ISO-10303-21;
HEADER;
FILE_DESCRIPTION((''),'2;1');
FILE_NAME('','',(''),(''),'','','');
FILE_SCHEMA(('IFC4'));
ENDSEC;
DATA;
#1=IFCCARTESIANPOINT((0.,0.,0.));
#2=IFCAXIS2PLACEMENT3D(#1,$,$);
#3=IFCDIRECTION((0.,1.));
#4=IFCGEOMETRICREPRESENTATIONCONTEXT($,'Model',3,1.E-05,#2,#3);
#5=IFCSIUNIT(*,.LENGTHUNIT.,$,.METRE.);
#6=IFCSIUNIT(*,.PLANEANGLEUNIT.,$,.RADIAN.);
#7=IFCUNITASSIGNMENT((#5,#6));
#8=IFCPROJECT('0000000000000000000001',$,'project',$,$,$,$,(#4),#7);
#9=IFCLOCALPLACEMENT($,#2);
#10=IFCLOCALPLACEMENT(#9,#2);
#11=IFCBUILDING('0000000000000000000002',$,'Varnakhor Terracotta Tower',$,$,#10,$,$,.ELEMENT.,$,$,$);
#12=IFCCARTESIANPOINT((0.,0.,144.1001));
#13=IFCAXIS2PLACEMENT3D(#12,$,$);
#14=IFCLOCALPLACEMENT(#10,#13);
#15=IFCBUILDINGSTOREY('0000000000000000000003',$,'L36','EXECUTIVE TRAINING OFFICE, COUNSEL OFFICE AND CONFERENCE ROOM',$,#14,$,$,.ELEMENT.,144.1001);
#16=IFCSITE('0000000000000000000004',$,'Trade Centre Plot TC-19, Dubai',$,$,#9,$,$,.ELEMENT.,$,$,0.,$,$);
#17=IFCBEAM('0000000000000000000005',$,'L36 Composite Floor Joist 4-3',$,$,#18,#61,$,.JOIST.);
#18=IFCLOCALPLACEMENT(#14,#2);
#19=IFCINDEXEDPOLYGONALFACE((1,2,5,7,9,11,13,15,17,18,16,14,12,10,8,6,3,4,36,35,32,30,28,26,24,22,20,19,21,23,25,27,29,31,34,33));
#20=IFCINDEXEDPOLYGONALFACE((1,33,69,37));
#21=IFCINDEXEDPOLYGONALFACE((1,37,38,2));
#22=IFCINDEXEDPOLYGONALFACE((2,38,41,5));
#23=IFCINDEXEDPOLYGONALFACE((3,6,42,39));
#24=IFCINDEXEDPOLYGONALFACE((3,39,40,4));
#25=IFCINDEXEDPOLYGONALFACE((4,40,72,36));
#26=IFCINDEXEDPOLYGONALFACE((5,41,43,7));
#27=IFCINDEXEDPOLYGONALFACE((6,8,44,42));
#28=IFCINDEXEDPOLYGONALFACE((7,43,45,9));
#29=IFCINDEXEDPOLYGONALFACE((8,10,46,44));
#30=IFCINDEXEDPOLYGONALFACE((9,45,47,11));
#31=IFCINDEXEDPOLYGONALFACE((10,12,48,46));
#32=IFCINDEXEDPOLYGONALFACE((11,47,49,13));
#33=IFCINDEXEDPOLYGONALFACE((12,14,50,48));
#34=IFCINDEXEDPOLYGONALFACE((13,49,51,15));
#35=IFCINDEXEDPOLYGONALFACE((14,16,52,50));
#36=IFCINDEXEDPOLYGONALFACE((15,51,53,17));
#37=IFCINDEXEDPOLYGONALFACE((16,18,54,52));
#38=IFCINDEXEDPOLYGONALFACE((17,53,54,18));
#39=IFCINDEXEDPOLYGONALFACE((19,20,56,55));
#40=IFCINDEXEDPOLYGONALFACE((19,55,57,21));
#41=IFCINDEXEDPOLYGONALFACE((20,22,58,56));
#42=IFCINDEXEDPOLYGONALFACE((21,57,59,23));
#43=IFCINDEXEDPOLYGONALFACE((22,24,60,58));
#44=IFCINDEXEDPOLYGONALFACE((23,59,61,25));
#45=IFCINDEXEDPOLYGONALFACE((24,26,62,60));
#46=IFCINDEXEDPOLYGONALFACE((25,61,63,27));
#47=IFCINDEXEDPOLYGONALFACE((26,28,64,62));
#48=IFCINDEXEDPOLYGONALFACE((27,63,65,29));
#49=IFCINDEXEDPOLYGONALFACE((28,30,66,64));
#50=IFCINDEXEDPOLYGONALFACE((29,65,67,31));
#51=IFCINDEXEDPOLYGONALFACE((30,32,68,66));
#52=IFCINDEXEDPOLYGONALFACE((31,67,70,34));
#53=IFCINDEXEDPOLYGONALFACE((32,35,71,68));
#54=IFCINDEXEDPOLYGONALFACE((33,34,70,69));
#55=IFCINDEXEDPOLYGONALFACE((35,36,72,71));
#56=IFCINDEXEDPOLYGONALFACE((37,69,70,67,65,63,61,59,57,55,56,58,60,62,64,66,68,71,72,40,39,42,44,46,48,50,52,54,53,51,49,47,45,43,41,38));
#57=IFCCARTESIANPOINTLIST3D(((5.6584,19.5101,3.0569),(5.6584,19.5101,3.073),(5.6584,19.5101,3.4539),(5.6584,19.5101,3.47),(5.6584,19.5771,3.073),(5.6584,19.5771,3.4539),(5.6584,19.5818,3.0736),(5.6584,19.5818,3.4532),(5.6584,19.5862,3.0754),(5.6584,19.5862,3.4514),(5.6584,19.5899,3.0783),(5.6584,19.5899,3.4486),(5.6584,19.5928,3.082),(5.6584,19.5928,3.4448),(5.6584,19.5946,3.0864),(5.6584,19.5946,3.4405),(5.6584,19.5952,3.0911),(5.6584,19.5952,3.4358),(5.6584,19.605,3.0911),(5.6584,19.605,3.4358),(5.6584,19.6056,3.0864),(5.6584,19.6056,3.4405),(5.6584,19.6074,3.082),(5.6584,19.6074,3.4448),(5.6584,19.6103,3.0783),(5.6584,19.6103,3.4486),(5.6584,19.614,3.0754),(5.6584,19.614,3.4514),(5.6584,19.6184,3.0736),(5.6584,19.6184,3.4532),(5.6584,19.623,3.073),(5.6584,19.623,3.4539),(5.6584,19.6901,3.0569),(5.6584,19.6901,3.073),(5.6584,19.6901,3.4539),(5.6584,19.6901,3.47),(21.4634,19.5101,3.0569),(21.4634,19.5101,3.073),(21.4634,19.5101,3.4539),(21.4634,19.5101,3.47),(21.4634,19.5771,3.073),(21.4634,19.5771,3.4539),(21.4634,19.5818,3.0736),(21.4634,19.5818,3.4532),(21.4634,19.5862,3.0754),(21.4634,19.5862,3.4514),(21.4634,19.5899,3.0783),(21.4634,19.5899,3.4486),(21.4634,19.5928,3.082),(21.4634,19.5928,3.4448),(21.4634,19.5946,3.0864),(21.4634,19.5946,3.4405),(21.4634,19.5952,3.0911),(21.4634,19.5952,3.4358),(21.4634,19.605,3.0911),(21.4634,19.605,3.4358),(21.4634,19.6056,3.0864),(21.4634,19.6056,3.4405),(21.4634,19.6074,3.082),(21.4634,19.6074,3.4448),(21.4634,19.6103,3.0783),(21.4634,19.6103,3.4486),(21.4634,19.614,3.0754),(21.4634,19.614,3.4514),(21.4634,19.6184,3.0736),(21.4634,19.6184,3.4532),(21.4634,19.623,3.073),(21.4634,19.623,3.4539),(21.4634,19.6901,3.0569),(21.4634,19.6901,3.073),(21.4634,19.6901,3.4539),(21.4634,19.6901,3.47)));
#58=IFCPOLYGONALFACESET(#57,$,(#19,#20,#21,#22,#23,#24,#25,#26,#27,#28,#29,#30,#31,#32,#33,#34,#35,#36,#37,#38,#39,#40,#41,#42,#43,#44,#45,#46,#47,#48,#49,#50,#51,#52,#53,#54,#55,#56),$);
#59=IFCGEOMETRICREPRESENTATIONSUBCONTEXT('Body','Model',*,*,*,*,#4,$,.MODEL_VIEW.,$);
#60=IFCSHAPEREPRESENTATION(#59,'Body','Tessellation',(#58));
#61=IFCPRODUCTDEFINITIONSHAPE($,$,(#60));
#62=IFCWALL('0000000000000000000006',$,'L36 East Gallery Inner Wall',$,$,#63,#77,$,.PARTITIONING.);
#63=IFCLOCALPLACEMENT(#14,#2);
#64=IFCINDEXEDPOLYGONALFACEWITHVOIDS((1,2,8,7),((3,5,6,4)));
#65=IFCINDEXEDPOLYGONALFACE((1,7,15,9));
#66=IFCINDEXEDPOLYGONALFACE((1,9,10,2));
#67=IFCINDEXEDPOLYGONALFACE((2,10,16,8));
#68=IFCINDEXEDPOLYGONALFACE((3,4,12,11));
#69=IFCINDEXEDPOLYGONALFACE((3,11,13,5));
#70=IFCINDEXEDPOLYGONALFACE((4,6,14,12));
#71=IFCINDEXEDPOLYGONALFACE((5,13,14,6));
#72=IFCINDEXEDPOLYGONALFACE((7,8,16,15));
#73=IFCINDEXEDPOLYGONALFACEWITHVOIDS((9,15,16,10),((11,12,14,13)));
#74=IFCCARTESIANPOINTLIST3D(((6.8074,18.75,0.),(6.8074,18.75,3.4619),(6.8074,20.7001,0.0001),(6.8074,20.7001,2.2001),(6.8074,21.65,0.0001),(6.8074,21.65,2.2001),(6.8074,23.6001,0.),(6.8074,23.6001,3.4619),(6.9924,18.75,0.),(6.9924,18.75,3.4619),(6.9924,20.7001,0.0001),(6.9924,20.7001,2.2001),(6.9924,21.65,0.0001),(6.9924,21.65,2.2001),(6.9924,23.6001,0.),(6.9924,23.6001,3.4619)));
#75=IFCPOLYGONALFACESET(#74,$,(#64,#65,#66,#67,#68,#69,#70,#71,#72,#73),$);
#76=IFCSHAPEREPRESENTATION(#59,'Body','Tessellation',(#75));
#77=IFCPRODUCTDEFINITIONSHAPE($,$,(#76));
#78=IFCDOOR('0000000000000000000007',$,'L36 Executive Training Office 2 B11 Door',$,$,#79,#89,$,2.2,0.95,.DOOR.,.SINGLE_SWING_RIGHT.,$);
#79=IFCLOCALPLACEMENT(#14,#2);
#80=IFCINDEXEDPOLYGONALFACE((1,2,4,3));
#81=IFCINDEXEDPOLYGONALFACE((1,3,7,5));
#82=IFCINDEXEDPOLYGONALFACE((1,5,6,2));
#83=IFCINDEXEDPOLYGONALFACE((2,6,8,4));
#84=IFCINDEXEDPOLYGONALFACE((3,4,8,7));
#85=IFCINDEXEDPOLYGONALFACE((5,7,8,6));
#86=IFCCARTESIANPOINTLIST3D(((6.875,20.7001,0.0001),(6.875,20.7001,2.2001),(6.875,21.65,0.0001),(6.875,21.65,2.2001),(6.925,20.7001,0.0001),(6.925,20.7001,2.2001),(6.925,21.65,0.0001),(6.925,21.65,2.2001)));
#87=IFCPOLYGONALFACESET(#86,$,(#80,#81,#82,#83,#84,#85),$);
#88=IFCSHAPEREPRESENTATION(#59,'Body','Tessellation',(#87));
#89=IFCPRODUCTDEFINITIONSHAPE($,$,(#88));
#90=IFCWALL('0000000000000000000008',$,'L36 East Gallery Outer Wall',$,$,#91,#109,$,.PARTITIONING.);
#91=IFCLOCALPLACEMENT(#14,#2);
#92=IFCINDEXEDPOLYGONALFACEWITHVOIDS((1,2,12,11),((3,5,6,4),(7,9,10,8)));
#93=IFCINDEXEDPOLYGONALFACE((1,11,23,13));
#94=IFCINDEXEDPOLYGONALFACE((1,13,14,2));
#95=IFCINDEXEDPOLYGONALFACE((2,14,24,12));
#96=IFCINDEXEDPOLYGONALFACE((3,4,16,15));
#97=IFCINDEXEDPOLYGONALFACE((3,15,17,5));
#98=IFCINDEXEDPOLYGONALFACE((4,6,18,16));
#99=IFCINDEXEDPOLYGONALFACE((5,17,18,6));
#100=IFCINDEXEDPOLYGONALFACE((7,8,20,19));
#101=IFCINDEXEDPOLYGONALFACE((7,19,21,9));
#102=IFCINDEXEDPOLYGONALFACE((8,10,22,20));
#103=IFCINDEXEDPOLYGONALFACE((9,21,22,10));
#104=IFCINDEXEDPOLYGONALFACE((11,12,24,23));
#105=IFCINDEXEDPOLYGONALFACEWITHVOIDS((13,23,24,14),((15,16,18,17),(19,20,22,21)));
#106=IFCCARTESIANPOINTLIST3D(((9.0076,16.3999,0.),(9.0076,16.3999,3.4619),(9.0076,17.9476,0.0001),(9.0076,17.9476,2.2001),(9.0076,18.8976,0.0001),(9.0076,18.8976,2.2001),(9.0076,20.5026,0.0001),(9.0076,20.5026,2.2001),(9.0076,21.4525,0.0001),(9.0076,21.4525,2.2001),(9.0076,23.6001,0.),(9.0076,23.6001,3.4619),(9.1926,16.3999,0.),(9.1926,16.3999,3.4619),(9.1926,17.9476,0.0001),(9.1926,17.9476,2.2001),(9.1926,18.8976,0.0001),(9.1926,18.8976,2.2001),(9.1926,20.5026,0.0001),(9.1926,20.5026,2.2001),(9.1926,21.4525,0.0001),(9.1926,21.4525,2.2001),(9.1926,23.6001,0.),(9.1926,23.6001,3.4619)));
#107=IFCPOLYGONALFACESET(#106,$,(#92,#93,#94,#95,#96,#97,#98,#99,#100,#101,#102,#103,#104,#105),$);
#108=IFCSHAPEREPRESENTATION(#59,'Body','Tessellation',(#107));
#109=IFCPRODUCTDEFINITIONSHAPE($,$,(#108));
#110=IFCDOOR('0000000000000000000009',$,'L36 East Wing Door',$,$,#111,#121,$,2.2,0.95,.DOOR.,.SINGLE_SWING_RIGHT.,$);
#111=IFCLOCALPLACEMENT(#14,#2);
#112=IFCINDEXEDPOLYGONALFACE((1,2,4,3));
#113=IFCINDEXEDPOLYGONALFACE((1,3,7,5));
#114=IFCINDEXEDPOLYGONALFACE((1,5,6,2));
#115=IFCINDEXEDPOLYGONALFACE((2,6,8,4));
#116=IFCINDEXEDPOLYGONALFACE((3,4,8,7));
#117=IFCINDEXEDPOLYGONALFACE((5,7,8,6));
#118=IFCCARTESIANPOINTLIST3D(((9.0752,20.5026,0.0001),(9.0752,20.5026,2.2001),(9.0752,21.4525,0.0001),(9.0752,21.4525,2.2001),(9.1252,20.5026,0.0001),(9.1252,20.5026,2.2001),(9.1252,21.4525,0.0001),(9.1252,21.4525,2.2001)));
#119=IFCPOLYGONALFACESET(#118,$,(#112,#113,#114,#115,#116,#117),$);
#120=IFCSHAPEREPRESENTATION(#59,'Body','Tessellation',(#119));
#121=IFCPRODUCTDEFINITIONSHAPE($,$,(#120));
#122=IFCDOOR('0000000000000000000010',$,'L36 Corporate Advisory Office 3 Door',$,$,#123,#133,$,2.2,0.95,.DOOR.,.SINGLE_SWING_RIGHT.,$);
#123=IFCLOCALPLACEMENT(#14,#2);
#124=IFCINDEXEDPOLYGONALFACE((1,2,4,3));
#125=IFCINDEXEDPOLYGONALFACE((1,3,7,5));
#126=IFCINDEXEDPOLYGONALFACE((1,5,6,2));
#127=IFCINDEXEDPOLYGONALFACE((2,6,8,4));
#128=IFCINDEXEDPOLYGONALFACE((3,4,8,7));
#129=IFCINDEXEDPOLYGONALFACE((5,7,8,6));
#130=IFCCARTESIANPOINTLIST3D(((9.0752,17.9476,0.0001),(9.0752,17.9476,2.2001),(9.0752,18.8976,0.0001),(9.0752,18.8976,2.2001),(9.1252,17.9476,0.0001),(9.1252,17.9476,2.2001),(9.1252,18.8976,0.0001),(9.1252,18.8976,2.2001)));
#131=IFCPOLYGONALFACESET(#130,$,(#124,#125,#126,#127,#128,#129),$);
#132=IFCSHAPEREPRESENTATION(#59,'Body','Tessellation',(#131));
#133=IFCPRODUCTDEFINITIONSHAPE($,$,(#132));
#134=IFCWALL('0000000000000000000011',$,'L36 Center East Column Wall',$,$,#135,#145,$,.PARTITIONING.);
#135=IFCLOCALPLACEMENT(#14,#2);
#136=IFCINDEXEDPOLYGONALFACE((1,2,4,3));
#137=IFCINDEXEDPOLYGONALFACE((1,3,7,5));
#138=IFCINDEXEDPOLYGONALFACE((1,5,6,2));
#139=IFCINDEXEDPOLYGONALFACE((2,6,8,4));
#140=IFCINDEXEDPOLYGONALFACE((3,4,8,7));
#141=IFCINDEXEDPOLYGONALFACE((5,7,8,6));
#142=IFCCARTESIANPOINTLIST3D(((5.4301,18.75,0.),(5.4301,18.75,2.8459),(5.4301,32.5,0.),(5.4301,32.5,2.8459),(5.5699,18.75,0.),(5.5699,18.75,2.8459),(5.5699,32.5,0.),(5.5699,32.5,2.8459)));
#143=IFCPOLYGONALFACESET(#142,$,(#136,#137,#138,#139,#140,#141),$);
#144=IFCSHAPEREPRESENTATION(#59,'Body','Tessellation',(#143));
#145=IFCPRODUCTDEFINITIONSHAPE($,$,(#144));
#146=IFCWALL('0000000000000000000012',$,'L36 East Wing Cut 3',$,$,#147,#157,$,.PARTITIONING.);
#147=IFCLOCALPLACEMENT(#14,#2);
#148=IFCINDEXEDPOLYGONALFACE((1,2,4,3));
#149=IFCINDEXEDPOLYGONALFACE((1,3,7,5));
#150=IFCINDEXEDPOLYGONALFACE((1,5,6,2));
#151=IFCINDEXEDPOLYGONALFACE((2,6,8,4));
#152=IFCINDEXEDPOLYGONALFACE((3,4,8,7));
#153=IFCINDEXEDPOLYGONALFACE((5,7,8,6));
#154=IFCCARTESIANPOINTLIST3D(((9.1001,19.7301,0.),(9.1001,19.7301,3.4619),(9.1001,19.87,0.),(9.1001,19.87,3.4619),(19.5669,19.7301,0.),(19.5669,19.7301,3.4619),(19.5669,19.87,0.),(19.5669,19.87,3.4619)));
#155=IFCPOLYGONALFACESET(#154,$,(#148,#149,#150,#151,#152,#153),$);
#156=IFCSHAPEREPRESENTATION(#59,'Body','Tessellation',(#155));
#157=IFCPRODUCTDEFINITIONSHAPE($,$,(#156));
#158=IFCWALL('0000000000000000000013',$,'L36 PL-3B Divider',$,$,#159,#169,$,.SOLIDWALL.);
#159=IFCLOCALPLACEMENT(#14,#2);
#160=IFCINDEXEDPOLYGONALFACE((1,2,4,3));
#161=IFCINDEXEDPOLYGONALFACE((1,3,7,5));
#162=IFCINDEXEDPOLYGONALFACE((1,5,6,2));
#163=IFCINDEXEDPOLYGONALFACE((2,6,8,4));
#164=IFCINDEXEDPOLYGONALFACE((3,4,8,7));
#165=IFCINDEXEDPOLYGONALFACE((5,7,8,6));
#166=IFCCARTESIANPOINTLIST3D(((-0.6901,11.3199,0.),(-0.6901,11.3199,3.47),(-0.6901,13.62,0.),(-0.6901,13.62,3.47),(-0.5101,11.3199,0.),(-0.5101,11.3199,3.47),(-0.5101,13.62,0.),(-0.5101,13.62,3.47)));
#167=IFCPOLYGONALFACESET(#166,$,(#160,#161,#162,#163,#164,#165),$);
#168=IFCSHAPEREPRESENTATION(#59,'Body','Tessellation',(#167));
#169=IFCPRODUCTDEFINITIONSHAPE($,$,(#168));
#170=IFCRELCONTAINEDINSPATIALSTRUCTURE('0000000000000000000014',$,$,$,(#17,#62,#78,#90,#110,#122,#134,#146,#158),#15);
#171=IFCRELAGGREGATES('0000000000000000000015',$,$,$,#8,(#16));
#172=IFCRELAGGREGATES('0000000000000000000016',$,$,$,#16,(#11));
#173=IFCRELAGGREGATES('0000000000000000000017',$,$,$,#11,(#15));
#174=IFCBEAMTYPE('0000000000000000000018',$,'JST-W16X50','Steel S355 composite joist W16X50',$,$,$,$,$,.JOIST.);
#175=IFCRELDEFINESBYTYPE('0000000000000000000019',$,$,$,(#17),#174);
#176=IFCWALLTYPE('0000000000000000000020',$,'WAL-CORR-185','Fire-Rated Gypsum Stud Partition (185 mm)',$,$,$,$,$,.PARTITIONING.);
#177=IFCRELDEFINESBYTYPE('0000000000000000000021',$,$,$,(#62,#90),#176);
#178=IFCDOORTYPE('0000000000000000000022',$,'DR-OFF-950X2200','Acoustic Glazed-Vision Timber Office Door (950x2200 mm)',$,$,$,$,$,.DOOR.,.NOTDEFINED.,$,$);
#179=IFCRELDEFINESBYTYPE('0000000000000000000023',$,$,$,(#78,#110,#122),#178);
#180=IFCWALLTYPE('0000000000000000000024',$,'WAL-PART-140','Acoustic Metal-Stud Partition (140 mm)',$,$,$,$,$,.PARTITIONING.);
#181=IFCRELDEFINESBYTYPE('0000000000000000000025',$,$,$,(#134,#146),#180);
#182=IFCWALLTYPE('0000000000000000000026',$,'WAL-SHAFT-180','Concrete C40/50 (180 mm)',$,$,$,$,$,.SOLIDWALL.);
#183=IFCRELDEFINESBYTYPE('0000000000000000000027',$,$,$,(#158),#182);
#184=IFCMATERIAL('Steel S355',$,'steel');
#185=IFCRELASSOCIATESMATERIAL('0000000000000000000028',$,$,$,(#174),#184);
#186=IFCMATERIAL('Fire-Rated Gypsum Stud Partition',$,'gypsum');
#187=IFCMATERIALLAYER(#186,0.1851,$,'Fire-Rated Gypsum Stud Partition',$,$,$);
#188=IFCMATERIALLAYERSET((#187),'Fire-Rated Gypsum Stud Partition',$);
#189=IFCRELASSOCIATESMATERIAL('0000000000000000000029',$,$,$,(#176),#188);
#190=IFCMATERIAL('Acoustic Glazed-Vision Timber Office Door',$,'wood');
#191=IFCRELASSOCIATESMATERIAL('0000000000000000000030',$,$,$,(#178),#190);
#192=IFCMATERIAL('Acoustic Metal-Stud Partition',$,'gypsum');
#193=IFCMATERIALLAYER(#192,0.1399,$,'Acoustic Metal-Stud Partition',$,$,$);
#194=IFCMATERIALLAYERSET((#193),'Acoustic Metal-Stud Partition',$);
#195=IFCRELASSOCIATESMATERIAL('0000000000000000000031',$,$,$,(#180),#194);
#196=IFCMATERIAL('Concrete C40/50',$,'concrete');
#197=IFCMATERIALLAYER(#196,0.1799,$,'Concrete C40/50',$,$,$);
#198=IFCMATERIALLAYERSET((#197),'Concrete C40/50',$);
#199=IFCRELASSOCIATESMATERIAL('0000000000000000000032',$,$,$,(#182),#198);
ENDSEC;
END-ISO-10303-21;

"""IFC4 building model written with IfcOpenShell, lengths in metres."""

from ifc_helpers import new_model, si_unit, direction, frame, frame_2d, origin, origin_2d, place, context, subcontext, project, spatial, rectangle, i_section, extrude, source, transform, mapped, material, layer, layer_set, material_profile, profile_set, type_object, type_shapes, element, fill, save


model = new_model("IFC4")

# Units and contexts
model_context = context("Model", 3, precision=1e-05, world=origin(), true_north=direction((0.0, 1.0)))
body_context = subcontext(model_context, "Body", "Model", "MODEL_VIEW")
ifc_project = project(units=[si_unit("LENGTHUNIT", "METRE"), si_unit("PLANEANGLEUNIT", "RADIAN")], contexts=[model_context])

# Site, building, storey
site_placement = place(None, origin())
site = spatial("IfcSite", under=ifc_project, at=site_placement, Name="Trade Centre Plot TC-19, Dubai", CompositionType="ELEMENT", RefElevation=0.0)
building_placement = place(site_placement, origin())
building = spatial("IfcBuilding", under=site, at=building_placement, Name="Varnakhor Terracotta Tower", CompositionType="ELEMENT")
storey_placement = place(building_placement, frame((0.0, 0.0, 144.1001)))
storey = spatial("IfcBuildingStorey", under=building, at=storey_placement, Name="L36", Description="EXECUTIVE TRAINING OFFICE, COUNSEL OFFICE AND CONFERENCE ROOM", CompositionType="ELEMENT", Elevation=144.1001)

# Beam
ifc_material_1 = material(Name="Steel S355", Category="steel")
ifc_material_profile_1 = material_profile(ifc_material_1, i_section(OverallWidth=0.1799, OverallDepth=0.4131, WebThickness=0.0098, FlangeThickness=0.0161, FilletRadius=0.0181, at=origin_2d()), Name="W16X50")
ifc_profile_set_1 = profile_set([ifc_material_profile_1], Name="Steel S355")
beam_type_1 = type_object("IfcBeamType", Name="JST-W16X50", Description="Steel S355 composite joist W16X50", PredefinedType="JOIST", material=ifc_profile_set_1)
shared_shape_1 = source(origin(), body_context, "Body", "SweptSolid", [
    extrude(i_section(OverallWidth=0.1799, OverallDepth=0.4131, WebThickness=0.0098, FlangeThickness=0.0161, FilletRadius=0.0181, at=origin_2d()), origin(), (0.0, 0.0, 1.0), 15.8049),
])
beam_1_placement = place(storey_placement, frame((5.6584, 19.6001, 3.2634), z_axis=(1.0, 0.0, 0.0), x_axis=(0.0, 1.0, 0.0)))
element("IfcBeam", 1, at=beam_1_placement, inside=storey, type_object=beam_type_1, Name="L36 Composite Floor Joist 4-3", PredefinedType="JOIST", context=body_context, shape_type="MappedRepresentation", body=[
    mapped(shared_shape_1, transform((0.0, 0.0, 0.0), scale=1.0)),
])

# Wall, opening, door
ifc_material_2 = material(Name="Fire-Rated Gypsum Stud Partition", Category="gypsum")
ifc_layer_1 = layer(ifc_material_2, 0.1851, Name="Fire-Rated Gypsum Stud Partition")
ifc_layer_set_1 = layer_set([ifc_layer_1], Name="Fire-Rated Gypsum Stud Partition")
wall_type_1 = type_object("IfcWallType", Name="WAL-CORR-185", Description="Fire-Rated Gypsum Stud Partition (185 mm)", PredefinedType="PARTITIONING", material=ifc_layer_set_1)
wall_1_placement = place(storey_placement, frame((6.8999, 18.75, 0.0), z_axis=(0.0, 0.0, 1.0), x_axis=(0.0, 1.0, 0.0)))
wall_1 = element("IfcWall", 2, at=wall_1_placement, inside=storey, type_object=wall_type_1, Name="L36 East Gallery Inner Wall", PredefinedType="PARTITIONING", context=body_context, shape_type="SweptSolid", body=[
    extrude(rectangle(XDim=4.8501, YDim=0.1851, at=frame_2d((2.425, 0.0))), origin(), (0.0, 0.0, 1.0), 3.4619),
])
opening_1_placement = place(wall_1_placement, frame((1.95, 0.0, 0.0)))
opening_1 = element("IfcOpeningElement", 3, at=opening_1_placement, cuts=wall_1, PredefinedType="OPENING", context=body_context, shape_type="SweptSolid", body=[
    extrude(rectangle(XDim=0.95, YDim=2.2, at=frame_2d((0.4751, 1.1001))), frame((0.0, 0.1025, 0.0), z_axis=(0.0, -1.0, 0.0), x_axis=(1.0, 0.0, 0.0)), (0.0, 0.0, 1.0), 0.2051),
])
ifc_material_3 = material(Name="Acoustic Glazed-Vision Timber Office Door", Category="wood")
door_type_1 = type_object("IfcDoorType", Name="DR-OFF-950X2200", Description="Acoustic Glazed-Vision Timber Office Door (950x2200 mm)", OperationType="NOTDEFINED", PredefinedType="DOOR", material=ifc_material_3)
shared_shape_2 = source(origin(), body_context, "Body", "SweptSolid", [
    extrude(rectangle(XDim=0.95, YDim=2.2, at=frame_2d((0.4751, 1.1001))), frame((0.0, 0.0249, 0.0), z_axis=(0.0, -1.0, 0.0), x_axis=(1.0, 0.0, 0.0)), (0.0, 0.0, 1.0), 0.05),
])
type_shapes(door_type_1, [shared_shape_2])
door_1_placement = place(opening_1_placement, origin())
door_1 = element("IfcDoor", 4, at=door_1_placement, inside=storey, type_object=door_type_1, Name="L36 Executive Training Office 2 B11 Door", OperationType="SINGLE_SWING_RIGHT", OverallHeight=2.2, OverallWidth=0.95, PredefinedType="DOOR", context=body_context, shape_type="MappedRepresentation", body=[
    mapped(shared_shape_2, transform((0.0, 0.0, 0.0), scale=1.0)),
])
fill(opening_1, door_1)

# Wall, openings, doors
wall_2_placement = place(storey_placement, frame((9.1001, 16.3999, 0.0), z_axis=(0.0, 0.0, 1.0), x_axis=(0.0, 1.0, 0.0)))
wall_2 = element("IfcWall", 5, at=wall_2_placement, inside=storey, type_object=wall_type_1, Name="L36 East Gallery Outer Wall", PredefinedType="PARTITIONING", context=body_context, shape_type="SweptSolid", body=[
    extrude(rectangle(XDim=7.2002, YDim=0.1851, at=frame_2d((3.6001, 0.0))), origin(), (0.0, 0.0, 1.0), 3.4619),
])
opening_2_placement = place(wall_2_placement, frame((4.1025, 0.0, 0.0)))
opening_2 = element("IfcOpeningElement", 6, at=opening_2_placement, cuts=wall_2, PredefinedType="OPENING", context=body_context, shape_type="SweptSolid", body=[
    extrude(rectangle(XDim=0.95, YDim=2.2, at=frame_2d((0.4751, 1.1001))), frame((0.0, 0.1025, 0.0), z_axis=(0.0, -1.0, 0.0), x_axis=(1.0, 0.0, 0.0)), (0.0, 0.0, 1.0), 0.2051),
])
opening_3_placement = place(wall_2_placement, frame((1.5476, 0.0, 0.0)))
opening_3 = element("IfcOpeningElement", 7, at=opening_3_placement, cuts=wall_2, PredefinedType="OPENING", context=body_context, shape_type="SweptSolid", body=[
    extrude(rectangle(XDim=0.95, YDim=2.2, at=frame_2d((0.4751, 1.1001))), frame((0.0, 0.1025, 0.0), z_axis=(0.0, -1.0, 0.0), x_axis=(1.0, 0.0, 0.0)), (0.0, 0.0, 1.0), 0.2051),
])
door_2_placement = place(opening_2_placement, origin())
door_2 = element("IfcDoor", 8, at=door_2_placement, inside=storey, type_object=door_type_1, Name="L36 East Wing Door", OperationType="SINGLE_SWING_RIGHT", OverallHeight=2.2, OverallWidth=0.95, PredefinedType="DOOR", context=body_context, shape_type="MappedRepresentation", body=[
    mapped(shared_shape_2, transform((0.0, 0.0, 0.0), scale=1.0)),
])
fill(opening_2, door_2)
door_3_placement = place(opening_3_placement, origin())
door_3 = element("IfcDoor", 9, at=door_3_placement, inside=storey, type_object=door_type_1, Name="L36 Corporate Advisory Office 3 Door", OperationType="SINGLE_SWING_RIGHT", OverallHeight=2.2, OverallWidth=0.95, PredefinedType="DOOR", context=body_context, shape_type="MappedRepresentation", body=[
    mapped(shared_shape_2, transform((0.0, 0.0, 0.0), scale=1.0)),
])
fill(opening_3, door_3)

# Walls
ifc_material_4 = material(Name="Acoustic Metal-Stud Partition", Category="gypsum")
ifc_layer_2 = layer(ifc_material_4, 0.1399, Name="Acoustic Metal-Stud Partition")
ifc_layer_set_2 = layer_set([ifc_layer_2], Name="Acoustic Metal-Stud Partition")
wall_type_2 = type_object("IfcWallType", Name="WAL-PART-140", Description="Acoustic Metal-Stud Partition (140 mm)", PredefinedType="PARTITIONING", material=ifc_layer_set_2)
wall_3_placement = place(storey_placement, frame((5.5, 18.75, 0.0), z_axis=(0.0, 0.0, 1.0), x_axis=(0.0, 1.0, 0.0)))
element("IfcWall", 10, at=wall_3_placement, inside=storey, type_object=wall_type_2, Name="L36 Center East Column Wall", PredefinedType="PARTITIONING", context=body_context, shape_type="SweptSolid", body=[
    extrude(rectangle(XDim=13.75, YDim=0.1399, at=frame_2d((6.875, 0.0))), origin(), (0.0, 0.0, 1.0), 2.8459),
])
wall_4_placement = place(storey_placement, frame((9.1001, 19.8, 0.0), z_axis=(0.0, 0.0, 1.0), x_axis=(1.0, 0.0, 0.0)))
element("IfcWall", 11, at=wall_4_placement, inside=storey, type_object=wall_type_2, Name="L36 East Wing Cut 3", PredefinedType="PARTITIONING", context=body_context, shape_type="SweptSolid", body=[
    extrude(rectangle(XDim=10.4668, YDim=0.1399, at=frame_2d((5.2334, 0.0))), origin(), (0.0, 0.0, 1.0), 3.4619),
])
ifc_material_5 = material(Name="Concrete C40/50", Category="concrete")
ifc_layer_3 = layer(ifc_material_5, 0.1799, Name="Concrete C40/50")
ifc_layer_set_3 = layer_set([ifc_layer_3], Name="Concrete C40/50")
wall_type_3 = type_object("IfcWallType", Name="WAL-SHAFT-180", Description="Concrete C40/50 (180 mm)", PredefinedType="SOLIDWALL", material=ifc_layer_set_3)
wall_5_placement = place(storey_placement, frame((-0.6001, 11.3201, 0.0), z_axis=(0.0, 0.0, 1.0), x_axis=(0.0, 1.0, 0.0)))
element("IfcWall", 12, at=wall_5_placement, inside=storey, type_object=wall_type_3, Name="L36 PL-3B Divider", PredefinedType="SOLIDWALL", context=body_context, shape_type="SweptSolid", body=[
    extrude(rectangle(XDim=2.3, YDim=0.1799, at=frame_2d((1.1499, 0.0))), origin(), (0.0, 0.0, 1.0), 3.47),
])

save(model, "model.ifc")
